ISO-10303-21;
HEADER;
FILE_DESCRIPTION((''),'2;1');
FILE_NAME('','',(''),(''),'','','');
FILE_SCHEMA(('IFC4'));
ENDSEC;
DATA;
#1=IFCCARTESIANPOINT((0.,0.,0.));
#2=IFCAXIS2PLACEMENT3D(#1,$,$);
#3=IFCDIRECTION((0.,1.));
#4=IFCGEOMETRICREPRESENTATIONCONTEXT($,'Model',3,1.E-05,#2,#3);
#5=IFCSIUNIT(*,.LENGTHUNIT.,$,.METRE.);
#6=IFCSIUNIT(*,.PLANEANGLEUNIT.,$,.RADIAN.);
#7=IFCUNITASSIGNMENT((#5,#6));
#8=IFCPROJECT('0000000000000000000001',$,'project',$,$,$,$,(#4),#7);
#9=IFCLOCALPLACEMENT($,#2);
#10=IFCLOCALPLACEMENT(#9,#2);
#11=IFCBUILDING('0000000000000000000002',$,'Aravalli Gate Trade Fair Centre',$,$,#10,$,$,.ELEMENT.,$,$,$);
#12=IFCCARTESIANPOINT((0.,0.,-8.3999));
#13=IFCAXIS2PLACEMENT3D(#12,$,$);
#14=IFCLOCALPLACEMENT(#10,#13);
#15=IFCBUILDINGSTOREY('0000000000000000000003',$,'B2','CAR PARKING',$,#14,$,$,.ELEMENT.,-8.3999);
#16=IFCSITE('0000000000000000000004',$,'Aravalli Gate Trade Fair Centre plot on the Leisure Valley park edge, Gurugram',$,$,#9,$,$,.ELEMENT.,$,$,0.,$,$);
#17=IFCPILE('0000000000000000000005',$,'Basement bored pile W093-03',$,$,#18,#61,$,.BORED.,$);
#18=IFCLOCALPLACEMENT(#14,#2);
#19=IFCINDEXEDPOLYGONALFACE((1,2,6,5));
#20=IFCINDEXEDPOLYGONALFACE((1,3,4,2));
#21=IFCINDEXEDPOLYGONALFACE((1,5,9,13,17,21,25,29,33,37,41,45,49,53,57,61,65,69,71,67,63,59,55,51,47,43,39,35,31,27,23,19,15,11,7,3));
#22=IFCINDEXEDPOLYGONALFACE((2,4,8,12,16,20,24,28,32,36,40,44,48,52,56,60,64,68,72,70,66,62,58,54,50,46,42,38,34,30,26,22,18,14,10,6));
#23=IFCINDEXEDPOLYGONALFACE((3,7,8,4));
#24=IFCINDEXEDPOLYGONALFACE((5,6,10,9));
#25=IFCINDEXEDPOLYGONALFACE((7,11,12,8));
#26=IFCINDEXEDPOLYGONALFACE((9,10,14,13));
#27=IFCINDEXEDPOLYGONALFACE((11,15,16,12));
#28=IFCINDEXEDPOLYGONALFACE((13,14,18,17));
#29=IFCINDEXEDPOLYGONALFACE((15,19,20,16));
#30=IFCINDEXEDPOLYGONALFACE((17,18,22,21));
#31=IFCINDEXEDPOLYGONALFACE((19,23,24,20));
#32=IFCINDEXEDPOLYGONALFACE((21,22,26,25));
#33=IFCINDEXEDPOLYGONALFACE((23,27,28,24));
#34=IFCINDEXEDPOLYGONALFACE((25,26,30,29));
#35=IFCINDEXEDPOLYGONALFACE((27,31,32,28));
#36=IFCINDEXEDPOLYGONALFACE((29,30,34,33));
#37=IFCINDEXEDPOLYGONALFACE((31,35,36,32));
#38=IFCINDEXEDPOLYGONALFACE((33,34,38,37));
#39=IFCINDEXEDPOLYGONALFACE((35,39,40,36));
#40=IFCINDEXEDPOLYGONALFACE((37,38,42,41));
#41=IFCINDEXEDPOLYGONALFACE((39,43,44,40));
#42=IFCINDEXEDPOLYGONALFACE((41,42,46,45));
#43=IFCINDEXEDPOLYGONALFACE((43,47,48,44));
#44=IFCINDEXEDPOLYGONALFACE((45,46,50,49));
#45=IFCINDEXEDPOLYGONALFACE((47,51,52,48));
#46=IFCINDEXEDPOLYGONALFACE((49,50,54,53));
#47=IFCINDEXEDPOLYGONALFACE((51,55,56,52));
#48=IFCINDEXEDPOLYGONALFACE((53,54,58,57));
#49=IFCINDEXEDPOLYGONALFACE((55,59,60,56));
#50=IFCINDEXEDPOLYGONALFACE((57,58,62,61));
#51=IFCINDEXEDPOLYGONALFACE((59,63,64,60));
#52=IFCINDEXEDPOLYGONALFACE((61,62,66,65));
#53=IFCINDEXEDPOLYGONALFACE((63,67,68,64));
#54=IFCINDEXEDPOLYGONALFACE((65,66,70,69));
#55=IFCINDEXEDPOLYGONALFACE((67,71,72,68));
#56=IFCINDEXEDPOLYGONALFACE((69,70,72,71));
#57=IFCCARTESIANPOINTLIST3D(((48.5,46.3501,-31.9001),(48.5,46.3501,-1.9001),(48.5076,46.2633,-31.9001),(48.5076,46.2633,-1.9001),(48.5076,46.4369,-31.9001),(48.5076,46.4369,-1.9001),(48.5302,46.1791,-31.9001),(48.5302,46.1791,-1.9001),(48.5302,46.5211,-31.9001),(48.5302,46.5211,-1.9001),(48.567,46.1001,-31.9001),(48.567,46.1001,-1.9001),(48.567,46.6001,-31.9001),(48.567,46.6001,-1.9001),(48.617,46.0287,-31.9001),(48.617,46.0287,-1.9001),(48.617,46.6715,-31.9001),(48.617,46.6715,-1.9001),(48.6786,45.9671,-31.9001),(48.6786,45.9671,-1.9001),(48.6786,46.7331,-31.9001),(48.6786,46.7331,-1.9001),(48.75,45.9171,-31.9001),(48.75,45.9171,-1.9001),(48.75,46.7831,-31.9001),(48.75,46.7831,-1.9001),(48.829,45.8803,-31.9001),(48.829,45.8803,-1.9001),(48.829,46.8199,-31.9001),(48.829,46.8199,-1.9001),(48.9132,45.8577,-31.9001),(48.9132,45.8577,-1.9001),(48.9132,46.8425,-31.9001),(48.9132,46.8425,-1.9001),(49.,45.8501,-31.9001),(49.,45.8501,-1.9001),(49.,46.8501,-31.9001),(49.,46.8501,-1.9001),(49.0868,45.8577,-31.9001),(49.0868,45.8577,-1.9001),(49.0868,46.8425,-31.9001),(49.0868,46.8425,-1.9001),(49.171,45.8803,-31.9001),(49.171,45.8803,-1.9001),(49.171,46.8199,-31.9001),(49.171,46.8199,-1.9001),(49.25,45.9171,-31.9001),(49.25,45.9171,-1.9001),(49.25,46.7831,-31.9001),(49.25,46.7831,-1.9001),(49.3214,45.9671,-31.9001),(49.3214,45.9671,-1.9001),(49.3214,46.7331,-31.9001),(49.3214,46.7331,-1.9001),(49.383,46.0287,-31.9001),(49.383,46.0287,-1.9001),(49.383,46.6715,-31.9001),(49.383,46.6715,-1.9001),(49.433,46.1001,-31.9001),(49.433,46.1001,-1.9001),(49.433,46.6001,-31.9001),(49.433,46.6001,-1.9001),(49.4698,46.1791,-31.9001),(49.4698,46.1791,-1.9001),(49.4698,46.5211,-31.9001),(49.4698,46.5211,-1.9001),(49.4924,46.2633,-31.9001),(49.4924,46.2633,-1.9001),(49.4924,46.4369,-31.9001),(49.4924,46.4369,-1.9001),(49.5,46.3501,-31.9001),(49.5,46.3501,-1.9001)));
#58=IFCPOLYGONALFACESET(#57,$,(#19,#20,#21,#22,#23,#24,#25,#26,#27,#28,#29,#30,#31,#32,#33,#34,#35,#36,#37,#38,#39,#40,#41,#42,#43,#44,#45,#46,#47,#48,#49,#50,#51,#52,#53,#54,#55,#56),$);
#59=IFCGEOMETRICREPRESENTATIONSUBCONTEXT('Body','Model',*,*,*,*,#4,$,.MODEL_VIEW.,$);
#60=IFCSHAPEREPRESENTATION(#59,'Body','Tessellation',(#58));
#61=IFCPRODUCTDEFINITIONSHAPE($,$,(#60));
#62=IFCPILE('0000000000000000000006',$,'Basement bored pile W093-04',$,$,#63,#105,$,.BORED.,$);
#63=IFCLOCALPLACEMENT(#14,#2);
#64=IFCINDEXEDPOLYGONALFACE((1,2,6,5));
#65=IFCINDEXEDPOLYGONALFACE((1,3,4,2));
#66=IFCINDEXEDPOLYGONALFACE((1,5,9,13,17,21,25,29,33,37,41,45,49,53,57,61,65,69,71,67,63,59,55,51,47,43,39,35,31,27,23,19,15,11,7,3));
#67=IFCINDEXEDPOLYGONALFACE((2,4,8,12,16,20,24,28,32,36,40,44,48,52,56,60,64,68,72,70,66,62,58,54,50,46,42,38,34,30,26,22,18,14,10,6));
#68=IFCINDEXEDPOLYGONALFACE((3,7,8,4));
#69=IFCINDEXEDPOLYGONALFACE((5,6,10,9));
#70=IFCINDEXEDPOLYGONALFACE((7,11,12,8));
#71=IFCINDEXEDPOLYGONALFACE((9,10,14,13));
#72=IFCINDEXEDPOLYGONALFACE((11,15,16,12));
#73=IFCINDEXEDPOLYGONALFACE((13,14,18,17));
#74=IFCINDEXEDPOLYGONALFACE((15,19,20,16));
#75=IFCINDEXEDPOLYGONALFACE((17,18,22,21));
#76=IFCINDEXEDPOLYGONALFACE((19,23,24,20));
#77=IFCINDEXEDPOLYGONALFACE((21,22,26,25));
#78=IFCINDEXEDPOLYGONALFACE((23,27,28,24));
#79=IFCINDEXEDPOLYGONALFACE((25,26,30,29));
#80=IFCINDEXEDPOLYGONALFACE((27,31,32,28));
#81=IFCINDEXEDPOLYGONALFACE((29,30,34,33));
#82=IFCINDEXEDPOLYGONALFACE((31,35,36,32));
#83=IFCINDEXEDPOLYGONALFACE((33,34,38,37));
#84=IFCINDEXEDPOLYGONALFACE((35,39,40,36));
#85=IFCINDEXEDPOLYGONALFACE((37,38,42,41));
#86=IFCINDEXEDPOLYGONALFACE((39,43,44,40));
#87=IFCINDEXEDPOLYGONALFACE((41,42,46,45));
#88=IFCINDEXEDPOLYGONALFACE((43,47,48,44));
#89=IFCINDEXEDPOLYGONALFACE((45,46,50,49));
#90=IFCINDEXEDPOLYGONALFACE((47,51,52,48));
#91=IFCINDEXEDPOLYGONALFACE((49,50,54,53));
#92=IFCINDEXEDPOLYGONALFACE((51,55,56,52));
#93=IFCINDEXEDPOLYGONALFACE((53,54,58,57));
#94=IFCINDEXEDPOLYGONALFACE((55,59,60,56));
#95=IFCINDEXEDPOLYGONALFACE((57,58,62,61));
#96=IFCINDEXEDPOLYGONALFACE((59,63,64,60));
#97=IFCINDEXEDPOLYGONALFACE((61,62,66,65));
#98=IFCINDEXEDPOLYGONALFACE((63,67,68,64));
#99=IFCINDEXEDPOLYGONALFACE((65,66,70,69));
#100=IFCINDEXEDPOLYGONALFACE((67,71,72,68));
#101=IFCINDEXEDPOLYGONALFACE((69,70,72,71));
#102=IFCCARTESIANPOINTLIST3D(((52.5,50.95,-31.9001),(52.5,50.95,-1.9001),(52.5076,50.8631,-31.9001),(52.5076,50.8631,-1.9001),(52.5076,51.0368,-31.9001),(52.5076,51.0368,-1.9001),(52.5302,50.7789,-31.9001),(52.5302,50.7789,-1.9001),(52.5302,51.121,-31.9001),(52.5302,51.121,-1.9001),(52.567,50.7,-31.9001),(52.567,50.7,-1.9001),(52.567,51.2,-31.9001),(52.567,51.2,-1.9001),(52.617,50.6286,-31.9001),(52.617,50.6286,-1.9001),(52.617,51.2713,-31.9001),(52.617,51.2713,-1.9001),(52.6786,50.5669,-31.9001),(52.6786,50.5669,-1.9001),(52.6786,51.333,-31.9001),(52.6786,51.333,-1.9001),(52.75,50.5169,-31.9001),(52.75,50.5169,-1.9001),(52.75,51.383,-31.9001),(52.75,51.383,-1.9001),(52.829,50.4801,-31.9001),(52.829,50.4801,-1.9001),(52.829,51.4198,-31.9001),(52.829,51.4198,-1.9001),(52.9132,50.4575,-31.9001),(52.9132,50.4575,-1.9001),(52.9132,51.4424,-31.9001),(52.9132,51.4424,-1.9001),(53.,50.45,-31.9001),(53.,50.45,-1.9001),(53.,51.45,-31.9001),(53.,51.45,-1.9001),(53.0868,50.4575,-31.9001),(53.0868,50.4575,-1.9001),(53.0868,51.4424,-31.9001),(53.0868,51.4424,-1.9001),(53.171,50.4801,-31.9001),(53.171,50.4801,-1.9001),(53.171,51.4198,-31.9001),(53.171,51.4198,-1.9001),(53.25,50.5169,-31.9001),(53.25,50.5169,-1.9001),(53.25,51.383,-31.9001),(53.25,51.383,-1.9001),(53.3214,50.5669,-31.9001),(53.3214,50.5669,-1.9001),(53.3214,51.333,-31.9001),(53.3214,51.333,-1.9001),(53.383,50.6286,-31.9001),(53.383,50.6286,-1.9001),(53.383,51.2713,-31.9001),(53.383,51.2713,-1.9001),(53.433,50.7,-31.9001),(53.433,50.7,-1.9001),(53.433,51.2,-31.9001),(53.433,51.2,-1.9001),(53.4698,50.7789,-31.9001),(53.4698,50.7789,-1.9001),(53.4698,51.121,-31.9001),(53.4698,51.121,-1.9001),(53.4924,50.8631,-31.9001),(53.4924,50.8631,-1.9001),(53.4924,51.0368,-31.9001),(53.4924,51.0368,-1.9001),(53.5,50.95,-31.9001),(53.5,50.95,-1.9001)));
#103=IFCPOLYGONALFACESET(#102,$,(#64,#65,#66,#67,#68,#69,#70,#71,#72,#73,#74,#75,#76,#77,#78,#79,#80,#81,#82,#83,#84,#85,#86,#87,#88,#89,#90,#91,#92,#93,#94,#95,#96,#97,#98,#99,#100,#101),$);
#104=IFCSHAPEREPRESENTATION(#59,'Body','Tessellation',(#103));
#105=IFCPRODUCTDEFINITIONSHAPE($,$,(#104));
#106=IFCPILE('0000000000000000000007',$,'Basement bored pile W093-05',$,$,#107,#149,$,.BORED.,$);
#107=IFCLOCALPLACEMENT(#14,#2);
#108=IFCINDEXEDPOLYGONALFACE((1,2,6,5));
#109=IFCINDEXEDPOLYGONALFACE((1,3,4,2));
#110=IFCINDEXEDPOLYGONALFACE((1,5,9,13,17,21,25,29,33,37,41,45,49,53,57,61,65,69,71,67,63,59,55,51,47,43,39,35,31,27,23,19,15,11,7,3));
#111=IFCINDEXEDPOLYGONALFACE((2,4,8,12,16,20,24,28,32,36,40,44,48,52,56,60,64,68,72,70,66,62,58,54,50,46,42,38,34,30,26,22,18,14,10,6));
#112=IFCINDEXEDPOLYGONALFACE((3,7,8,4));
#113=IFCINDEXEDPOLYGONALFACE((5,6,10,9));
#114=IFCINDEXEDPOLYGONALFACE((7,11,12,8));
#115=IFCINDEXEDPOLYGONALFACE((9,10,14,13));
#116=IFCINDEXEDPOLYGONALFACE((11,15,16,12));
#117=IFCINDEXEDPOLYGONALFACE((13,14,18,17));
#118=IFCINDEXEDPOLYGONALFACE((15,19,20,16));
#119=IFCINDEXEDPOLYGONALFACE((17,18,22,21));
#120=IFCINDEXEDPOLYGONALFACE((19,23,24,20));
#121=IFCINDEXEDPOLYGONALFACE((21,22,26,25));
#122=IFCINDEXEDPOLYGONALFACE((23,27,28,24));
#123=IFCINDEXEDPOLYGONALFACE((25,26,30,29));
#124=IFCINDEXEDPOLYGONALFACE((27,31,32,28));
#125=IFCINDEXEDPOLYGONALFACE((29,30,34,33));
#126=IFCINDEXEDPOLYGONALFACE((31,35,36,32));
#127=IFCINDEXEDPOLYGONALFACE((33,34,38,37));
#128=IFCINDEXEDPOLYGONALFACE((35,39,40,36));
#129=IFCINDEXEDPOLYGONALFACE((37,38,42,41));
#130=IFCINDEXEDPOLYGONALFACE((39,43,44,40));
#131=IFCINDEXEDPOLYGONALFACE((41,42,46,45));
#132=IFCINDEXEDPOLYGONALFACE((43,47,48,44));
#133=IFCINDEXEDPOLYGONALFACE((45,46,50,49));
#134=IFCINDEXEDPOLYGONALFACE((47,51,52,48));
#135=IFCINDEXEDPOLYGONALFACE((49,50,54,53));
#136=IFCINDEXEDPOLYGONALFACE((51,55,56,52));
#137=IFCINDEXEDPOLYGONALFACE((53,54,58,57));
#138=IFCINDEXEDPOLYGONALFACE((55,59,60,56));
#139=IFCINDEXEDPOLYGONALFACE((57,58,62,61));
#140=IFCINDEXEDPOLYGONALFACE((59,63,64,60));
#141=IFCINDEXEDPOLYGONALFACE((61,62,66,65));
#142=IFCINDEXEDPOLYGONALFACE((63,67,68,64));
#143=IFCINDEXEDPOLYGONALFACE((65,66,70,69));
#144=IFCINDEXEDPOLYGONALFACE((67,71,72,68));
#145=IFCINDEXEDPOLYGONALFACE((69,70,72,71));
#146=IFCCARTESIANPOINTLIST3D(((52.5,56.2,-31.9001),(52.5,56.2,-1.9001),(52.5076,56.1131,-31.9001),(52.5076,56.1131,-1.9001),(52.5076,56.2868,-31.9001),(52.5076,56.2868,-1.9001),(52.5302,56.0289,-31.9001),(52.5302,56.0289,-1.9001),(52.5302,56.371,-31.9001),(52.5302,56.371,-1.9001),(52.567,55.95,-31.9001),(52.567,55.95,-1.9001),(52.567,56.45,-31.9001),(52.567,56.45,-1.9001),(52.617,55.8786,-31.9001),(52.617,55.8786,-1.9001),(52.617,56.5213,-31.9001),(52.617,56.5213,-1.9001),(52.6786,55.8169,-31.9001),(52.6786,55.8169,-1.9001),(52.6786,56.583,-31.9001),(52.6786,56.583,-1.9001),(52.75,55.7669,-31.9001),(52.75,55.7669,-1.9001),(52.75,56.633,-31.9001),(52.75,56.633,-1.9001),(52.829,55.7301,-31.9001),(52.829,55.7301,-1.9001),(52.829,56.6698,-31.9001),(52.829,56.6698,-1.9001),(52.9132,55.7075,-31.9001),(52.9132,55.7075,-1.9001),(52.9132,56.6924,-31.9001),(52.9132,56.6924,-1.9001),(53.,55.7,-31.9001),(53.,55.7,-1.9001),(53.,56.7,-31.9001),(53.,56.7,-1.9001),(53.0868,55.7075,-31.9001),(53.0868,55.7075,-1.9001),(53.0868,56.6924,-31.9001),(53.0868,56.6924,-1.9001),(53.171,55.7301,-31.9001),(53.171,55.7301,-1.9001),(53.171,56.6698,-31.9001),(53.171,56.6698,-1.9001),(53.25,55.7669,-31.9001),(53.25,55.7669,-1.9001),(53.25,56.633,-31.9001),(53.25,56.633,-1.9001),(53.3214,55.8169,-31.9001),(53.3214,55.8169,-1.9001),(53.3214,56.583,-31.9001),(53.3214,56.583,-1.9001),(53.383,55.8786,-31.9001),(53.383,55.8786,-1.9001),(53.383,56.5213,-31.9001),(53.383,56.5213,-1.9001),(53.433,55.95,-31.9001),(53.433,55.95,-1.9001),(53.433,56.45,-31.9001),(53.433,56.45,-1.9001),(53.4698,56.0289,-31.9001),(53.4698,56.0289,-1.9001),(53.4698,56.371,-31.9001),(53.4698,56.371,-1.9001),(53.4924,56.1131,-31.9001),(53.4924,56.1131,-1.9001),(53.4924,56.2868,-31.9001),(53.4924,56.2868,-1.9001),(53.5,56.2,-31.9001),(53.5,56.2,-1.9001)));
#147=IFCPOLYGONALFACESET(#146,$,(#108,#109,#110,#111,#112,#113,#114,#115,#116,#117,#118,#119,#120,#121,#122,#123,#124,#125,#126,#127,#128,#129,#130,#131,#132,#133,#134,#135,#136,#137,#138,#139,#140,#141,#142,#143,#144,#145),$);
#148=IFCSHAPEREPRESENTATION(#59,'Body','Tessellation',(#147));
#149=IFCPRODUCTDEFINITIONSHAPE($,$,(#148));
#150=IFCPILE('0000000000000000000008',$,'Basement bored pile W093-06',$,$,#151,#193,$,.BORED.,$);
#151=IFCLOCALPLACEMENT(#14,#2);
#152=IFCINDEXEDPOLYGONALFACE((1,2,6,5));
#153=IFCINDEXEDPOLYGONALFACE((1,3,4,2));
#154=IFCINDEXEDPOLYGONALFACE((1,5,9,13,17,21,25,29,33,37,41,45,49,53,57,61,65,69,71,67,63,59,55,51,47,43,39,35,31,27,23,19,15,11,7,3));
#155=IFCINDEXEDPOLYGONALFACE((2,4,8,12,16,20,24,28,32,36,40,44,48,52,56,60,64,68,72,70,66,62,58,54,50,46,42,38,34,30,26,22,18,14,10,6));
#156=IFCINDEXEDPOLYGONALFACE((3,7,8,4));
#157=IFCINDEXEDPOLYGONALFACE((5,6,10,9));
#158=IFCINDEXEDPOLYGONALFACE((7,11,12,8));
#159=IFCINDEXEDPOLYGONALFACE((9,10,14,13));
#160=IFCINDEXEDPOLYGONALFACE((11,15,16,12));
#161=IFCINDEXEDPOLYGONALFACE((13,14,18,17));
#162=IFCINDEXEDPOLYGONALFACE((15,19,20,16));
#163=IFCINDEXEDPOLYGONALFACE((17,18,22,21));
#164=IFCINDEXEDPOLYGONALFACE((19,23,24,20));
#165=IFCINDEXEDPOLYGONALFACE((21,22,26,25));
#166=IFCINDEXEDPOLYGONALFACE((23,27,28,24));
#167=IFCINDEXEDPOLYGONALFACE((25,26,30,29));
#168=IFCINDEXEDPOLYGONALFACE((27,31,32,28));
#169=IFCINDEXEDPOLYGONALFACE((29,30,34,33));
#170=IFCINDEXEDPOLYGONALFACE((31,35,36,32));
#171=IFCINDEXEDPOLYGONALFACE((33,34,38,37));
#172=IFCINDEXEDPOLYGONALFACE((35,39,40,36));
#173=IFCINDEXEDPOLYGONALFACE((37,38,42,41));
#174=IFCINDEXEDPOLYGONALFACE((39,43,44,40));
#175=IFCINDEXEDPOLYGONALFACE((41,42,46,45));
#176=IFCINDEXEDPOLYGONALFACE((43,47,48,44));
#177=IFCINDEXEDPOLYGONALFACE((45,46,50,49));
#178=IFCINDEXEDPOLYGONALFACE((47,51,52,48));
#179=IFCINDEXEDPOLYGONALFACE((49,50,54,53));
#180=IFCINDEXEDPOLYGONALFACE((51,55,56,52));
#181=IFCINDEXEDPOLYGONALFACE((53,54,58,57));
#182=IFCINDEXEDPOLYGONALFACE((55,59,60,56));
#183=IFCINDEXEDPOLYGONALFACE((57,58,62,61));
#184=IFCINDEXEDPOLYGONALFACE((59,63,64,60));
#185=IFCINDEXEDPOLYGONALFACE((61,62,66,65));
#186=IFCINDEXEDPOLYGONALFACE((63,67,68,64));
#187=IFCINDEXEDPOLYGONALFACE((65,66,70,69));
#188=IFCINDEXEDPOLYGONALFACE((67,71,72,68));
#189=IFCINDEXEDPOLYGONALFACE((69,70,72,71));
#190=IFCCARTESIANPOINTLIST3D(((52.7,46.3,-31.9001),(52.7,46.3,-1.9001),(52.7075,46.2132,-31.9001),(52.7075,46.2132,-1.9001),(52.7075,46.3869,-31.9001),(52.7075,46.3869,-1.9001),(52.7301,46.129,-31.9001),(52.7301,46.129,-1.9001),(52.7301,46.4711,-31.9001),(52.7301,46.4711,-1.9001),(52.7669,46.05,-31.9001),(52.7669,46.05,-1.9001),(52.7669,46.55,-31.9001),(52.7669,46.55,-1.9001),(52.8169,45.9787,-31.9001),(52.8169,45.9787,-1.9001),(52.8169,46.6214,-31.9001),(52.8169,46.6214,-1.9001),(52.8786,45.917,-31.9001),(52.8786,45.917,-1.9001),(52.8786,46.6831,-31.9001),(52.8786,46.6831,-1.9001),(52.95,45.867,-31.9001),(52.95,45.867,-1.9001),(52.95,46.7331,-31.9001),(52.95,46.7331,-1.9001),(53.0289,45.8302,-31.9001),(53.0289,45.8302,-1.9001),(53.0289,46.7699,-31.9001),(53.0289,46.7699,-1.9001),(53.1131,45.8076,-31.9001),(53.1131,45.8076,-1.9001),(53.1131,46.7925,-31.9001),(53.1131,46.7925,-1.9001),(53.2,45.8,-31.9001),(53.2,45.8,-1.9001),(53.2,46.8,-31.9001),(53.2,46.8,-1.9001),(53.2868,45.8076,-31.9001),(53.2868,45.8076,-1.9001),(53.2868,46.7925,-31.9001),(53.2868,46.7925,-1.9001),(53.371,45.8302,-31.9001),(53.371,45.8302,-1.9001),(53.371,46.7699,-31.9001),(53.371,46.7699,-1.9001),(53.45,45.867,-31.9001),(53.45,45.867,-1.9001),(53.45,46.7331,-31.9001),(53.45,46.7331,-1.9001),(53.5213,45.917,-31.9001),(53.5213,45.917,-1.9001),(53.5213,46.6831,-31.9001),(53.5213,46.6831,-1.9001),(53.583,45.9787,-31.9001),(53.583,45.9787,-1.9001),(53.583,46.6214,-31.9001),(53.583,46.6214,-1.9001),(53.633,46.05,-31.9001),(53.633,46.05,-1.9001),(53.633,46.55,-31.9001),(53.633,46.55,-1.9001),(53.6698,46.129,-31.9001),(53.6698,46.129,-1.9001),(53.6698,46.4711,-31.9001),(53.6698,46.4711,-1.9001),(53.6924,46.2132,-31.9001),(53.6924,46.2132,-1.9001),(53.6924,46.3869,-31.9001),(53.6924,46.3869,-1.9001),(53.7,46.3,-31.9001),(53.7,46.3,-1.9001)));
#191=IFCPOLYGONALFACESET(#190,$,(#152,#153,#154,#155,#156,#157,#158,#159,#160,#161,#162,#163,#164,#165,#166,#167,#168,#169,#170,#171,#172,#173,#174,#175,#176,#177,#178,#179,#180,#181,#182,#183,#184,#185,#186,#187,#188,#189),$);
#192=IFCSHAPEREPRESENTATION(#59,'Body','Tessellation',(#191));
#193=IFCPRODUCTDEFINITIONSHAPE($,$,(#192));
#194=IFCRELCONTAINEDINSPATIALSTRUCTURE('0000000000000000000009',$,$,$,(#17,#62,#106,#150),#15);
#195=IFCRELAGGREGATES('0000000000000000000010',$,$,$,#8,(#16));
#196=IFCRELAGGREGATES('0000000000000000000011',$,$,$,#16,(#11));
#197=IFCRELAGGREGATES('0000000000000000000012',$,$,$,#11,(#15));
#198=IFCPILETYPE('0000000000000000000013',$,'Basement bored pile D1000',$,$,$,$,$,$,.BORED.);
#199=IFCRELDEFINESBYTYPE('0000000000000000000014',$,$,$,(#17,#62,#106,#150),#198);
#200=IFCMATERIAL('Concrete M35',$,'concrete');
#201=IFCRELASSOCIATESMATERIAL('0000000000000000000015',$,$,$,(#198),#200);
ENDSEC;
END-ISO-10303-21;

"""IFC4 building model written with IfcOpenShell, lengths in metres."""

from ifc_helpers import new_model, si_unit, direction, frame, origin, origin_2d, place, context, subcontext, project, spatial, circle, extrude, material, material_profile, profile_set, type_object, element, save


model = new_model("IFC4")

# Units and contexts
model_context = context("Model", 3, precision=1e-05, world=origin(), true_north=direction((0.0, 1.0)))
body_context = subcontext(model_context, "Body", "Model", "MODEL_VIEW")
ifc_project = project(units=[si_unit("LENGTHUNIT", "METRE"), si_unit("PLANEANGLEUNIT", "RADIAN")], contexts=[model_context])

# Site, building, storey
site_placement = place(None, origin())
site = spatial("IfcSite", under=ifc_project, at=site_placement, Name="Aravalli Gate Trade Fair Centre plot on the Leisure Valley park edge, Gurugram", CompositionType="ELEMENT", RefElevation=0.0)
building_placement = place(site_placement, origin())
building = spatial("IfcBuilding", under=site, at=building_placement, Name="Aravalli Gate Trade Fair Centre", CompositionType="ELEMENT")
storey_placement = place(building_placement, frame((0.0, 0.0, -8.3999)))
storey = spatial("IfcBuildingStorey", under=building, at=storey_placement, Name="B2", Description="CAR PARKING", CompositionType="ELEMENT", Elevation=-8.3999)

# Piles
ifc_material_1 = material(Name="Concrete M35", Category="concrete")
ifc_material_profile_1 = material_profile(ifc_material_1, circle(Radius=0.5, at=origin_2d()), Name="D1000")
ifc_profile_set_1 = profile_set([ifc_material_profile_1], Name="Concrete M35")
pile_type = type_object("IfcPileType", Name="Basement bored pile D1000", PredefinedType="BORED", material=ifc_profile_set_1)
for number, where, z_axis, x_axis, name in (
    (1, (49.0, 46.3501, -1.9001), (0.0, 0.0, -1.0), (1.0, 0.0, 0.0), "Basement bored pile W093-03"),
    (2, (53.0, 50.95, -1.9001), (0.0, 0.0, -1.0), (1.0, 0.0, 0.0), "Basement bored pile W093-04"),
    (3, (53.0, 56.2, -1.9001), (0.0, 0.0, -1.0), (1.0, 0.0, 0.0), "Basement bored pile W093-05"),
    (4, (53.2, 46.3, -1.9001), (0.0, 0.0, -1.0), (1.0, 0.0, 0.0), "Basement bored pile W093-06"),
):
    element("IfcPile", number, at=place(storey_placement, frame(where, z_axis=z_axis, x_axis=x_axis)), inside=storey, type_object=pile_type, Name=name, PredefinedType="BORED", context=body_context, shape_type="SweptSolid", body=[
        extrude(circle(Radius=0.5, at=origin_2d()), origin(), (0.0, 0.0, 1.0), 30.0),
    ])

save(model, "model.ifc")
